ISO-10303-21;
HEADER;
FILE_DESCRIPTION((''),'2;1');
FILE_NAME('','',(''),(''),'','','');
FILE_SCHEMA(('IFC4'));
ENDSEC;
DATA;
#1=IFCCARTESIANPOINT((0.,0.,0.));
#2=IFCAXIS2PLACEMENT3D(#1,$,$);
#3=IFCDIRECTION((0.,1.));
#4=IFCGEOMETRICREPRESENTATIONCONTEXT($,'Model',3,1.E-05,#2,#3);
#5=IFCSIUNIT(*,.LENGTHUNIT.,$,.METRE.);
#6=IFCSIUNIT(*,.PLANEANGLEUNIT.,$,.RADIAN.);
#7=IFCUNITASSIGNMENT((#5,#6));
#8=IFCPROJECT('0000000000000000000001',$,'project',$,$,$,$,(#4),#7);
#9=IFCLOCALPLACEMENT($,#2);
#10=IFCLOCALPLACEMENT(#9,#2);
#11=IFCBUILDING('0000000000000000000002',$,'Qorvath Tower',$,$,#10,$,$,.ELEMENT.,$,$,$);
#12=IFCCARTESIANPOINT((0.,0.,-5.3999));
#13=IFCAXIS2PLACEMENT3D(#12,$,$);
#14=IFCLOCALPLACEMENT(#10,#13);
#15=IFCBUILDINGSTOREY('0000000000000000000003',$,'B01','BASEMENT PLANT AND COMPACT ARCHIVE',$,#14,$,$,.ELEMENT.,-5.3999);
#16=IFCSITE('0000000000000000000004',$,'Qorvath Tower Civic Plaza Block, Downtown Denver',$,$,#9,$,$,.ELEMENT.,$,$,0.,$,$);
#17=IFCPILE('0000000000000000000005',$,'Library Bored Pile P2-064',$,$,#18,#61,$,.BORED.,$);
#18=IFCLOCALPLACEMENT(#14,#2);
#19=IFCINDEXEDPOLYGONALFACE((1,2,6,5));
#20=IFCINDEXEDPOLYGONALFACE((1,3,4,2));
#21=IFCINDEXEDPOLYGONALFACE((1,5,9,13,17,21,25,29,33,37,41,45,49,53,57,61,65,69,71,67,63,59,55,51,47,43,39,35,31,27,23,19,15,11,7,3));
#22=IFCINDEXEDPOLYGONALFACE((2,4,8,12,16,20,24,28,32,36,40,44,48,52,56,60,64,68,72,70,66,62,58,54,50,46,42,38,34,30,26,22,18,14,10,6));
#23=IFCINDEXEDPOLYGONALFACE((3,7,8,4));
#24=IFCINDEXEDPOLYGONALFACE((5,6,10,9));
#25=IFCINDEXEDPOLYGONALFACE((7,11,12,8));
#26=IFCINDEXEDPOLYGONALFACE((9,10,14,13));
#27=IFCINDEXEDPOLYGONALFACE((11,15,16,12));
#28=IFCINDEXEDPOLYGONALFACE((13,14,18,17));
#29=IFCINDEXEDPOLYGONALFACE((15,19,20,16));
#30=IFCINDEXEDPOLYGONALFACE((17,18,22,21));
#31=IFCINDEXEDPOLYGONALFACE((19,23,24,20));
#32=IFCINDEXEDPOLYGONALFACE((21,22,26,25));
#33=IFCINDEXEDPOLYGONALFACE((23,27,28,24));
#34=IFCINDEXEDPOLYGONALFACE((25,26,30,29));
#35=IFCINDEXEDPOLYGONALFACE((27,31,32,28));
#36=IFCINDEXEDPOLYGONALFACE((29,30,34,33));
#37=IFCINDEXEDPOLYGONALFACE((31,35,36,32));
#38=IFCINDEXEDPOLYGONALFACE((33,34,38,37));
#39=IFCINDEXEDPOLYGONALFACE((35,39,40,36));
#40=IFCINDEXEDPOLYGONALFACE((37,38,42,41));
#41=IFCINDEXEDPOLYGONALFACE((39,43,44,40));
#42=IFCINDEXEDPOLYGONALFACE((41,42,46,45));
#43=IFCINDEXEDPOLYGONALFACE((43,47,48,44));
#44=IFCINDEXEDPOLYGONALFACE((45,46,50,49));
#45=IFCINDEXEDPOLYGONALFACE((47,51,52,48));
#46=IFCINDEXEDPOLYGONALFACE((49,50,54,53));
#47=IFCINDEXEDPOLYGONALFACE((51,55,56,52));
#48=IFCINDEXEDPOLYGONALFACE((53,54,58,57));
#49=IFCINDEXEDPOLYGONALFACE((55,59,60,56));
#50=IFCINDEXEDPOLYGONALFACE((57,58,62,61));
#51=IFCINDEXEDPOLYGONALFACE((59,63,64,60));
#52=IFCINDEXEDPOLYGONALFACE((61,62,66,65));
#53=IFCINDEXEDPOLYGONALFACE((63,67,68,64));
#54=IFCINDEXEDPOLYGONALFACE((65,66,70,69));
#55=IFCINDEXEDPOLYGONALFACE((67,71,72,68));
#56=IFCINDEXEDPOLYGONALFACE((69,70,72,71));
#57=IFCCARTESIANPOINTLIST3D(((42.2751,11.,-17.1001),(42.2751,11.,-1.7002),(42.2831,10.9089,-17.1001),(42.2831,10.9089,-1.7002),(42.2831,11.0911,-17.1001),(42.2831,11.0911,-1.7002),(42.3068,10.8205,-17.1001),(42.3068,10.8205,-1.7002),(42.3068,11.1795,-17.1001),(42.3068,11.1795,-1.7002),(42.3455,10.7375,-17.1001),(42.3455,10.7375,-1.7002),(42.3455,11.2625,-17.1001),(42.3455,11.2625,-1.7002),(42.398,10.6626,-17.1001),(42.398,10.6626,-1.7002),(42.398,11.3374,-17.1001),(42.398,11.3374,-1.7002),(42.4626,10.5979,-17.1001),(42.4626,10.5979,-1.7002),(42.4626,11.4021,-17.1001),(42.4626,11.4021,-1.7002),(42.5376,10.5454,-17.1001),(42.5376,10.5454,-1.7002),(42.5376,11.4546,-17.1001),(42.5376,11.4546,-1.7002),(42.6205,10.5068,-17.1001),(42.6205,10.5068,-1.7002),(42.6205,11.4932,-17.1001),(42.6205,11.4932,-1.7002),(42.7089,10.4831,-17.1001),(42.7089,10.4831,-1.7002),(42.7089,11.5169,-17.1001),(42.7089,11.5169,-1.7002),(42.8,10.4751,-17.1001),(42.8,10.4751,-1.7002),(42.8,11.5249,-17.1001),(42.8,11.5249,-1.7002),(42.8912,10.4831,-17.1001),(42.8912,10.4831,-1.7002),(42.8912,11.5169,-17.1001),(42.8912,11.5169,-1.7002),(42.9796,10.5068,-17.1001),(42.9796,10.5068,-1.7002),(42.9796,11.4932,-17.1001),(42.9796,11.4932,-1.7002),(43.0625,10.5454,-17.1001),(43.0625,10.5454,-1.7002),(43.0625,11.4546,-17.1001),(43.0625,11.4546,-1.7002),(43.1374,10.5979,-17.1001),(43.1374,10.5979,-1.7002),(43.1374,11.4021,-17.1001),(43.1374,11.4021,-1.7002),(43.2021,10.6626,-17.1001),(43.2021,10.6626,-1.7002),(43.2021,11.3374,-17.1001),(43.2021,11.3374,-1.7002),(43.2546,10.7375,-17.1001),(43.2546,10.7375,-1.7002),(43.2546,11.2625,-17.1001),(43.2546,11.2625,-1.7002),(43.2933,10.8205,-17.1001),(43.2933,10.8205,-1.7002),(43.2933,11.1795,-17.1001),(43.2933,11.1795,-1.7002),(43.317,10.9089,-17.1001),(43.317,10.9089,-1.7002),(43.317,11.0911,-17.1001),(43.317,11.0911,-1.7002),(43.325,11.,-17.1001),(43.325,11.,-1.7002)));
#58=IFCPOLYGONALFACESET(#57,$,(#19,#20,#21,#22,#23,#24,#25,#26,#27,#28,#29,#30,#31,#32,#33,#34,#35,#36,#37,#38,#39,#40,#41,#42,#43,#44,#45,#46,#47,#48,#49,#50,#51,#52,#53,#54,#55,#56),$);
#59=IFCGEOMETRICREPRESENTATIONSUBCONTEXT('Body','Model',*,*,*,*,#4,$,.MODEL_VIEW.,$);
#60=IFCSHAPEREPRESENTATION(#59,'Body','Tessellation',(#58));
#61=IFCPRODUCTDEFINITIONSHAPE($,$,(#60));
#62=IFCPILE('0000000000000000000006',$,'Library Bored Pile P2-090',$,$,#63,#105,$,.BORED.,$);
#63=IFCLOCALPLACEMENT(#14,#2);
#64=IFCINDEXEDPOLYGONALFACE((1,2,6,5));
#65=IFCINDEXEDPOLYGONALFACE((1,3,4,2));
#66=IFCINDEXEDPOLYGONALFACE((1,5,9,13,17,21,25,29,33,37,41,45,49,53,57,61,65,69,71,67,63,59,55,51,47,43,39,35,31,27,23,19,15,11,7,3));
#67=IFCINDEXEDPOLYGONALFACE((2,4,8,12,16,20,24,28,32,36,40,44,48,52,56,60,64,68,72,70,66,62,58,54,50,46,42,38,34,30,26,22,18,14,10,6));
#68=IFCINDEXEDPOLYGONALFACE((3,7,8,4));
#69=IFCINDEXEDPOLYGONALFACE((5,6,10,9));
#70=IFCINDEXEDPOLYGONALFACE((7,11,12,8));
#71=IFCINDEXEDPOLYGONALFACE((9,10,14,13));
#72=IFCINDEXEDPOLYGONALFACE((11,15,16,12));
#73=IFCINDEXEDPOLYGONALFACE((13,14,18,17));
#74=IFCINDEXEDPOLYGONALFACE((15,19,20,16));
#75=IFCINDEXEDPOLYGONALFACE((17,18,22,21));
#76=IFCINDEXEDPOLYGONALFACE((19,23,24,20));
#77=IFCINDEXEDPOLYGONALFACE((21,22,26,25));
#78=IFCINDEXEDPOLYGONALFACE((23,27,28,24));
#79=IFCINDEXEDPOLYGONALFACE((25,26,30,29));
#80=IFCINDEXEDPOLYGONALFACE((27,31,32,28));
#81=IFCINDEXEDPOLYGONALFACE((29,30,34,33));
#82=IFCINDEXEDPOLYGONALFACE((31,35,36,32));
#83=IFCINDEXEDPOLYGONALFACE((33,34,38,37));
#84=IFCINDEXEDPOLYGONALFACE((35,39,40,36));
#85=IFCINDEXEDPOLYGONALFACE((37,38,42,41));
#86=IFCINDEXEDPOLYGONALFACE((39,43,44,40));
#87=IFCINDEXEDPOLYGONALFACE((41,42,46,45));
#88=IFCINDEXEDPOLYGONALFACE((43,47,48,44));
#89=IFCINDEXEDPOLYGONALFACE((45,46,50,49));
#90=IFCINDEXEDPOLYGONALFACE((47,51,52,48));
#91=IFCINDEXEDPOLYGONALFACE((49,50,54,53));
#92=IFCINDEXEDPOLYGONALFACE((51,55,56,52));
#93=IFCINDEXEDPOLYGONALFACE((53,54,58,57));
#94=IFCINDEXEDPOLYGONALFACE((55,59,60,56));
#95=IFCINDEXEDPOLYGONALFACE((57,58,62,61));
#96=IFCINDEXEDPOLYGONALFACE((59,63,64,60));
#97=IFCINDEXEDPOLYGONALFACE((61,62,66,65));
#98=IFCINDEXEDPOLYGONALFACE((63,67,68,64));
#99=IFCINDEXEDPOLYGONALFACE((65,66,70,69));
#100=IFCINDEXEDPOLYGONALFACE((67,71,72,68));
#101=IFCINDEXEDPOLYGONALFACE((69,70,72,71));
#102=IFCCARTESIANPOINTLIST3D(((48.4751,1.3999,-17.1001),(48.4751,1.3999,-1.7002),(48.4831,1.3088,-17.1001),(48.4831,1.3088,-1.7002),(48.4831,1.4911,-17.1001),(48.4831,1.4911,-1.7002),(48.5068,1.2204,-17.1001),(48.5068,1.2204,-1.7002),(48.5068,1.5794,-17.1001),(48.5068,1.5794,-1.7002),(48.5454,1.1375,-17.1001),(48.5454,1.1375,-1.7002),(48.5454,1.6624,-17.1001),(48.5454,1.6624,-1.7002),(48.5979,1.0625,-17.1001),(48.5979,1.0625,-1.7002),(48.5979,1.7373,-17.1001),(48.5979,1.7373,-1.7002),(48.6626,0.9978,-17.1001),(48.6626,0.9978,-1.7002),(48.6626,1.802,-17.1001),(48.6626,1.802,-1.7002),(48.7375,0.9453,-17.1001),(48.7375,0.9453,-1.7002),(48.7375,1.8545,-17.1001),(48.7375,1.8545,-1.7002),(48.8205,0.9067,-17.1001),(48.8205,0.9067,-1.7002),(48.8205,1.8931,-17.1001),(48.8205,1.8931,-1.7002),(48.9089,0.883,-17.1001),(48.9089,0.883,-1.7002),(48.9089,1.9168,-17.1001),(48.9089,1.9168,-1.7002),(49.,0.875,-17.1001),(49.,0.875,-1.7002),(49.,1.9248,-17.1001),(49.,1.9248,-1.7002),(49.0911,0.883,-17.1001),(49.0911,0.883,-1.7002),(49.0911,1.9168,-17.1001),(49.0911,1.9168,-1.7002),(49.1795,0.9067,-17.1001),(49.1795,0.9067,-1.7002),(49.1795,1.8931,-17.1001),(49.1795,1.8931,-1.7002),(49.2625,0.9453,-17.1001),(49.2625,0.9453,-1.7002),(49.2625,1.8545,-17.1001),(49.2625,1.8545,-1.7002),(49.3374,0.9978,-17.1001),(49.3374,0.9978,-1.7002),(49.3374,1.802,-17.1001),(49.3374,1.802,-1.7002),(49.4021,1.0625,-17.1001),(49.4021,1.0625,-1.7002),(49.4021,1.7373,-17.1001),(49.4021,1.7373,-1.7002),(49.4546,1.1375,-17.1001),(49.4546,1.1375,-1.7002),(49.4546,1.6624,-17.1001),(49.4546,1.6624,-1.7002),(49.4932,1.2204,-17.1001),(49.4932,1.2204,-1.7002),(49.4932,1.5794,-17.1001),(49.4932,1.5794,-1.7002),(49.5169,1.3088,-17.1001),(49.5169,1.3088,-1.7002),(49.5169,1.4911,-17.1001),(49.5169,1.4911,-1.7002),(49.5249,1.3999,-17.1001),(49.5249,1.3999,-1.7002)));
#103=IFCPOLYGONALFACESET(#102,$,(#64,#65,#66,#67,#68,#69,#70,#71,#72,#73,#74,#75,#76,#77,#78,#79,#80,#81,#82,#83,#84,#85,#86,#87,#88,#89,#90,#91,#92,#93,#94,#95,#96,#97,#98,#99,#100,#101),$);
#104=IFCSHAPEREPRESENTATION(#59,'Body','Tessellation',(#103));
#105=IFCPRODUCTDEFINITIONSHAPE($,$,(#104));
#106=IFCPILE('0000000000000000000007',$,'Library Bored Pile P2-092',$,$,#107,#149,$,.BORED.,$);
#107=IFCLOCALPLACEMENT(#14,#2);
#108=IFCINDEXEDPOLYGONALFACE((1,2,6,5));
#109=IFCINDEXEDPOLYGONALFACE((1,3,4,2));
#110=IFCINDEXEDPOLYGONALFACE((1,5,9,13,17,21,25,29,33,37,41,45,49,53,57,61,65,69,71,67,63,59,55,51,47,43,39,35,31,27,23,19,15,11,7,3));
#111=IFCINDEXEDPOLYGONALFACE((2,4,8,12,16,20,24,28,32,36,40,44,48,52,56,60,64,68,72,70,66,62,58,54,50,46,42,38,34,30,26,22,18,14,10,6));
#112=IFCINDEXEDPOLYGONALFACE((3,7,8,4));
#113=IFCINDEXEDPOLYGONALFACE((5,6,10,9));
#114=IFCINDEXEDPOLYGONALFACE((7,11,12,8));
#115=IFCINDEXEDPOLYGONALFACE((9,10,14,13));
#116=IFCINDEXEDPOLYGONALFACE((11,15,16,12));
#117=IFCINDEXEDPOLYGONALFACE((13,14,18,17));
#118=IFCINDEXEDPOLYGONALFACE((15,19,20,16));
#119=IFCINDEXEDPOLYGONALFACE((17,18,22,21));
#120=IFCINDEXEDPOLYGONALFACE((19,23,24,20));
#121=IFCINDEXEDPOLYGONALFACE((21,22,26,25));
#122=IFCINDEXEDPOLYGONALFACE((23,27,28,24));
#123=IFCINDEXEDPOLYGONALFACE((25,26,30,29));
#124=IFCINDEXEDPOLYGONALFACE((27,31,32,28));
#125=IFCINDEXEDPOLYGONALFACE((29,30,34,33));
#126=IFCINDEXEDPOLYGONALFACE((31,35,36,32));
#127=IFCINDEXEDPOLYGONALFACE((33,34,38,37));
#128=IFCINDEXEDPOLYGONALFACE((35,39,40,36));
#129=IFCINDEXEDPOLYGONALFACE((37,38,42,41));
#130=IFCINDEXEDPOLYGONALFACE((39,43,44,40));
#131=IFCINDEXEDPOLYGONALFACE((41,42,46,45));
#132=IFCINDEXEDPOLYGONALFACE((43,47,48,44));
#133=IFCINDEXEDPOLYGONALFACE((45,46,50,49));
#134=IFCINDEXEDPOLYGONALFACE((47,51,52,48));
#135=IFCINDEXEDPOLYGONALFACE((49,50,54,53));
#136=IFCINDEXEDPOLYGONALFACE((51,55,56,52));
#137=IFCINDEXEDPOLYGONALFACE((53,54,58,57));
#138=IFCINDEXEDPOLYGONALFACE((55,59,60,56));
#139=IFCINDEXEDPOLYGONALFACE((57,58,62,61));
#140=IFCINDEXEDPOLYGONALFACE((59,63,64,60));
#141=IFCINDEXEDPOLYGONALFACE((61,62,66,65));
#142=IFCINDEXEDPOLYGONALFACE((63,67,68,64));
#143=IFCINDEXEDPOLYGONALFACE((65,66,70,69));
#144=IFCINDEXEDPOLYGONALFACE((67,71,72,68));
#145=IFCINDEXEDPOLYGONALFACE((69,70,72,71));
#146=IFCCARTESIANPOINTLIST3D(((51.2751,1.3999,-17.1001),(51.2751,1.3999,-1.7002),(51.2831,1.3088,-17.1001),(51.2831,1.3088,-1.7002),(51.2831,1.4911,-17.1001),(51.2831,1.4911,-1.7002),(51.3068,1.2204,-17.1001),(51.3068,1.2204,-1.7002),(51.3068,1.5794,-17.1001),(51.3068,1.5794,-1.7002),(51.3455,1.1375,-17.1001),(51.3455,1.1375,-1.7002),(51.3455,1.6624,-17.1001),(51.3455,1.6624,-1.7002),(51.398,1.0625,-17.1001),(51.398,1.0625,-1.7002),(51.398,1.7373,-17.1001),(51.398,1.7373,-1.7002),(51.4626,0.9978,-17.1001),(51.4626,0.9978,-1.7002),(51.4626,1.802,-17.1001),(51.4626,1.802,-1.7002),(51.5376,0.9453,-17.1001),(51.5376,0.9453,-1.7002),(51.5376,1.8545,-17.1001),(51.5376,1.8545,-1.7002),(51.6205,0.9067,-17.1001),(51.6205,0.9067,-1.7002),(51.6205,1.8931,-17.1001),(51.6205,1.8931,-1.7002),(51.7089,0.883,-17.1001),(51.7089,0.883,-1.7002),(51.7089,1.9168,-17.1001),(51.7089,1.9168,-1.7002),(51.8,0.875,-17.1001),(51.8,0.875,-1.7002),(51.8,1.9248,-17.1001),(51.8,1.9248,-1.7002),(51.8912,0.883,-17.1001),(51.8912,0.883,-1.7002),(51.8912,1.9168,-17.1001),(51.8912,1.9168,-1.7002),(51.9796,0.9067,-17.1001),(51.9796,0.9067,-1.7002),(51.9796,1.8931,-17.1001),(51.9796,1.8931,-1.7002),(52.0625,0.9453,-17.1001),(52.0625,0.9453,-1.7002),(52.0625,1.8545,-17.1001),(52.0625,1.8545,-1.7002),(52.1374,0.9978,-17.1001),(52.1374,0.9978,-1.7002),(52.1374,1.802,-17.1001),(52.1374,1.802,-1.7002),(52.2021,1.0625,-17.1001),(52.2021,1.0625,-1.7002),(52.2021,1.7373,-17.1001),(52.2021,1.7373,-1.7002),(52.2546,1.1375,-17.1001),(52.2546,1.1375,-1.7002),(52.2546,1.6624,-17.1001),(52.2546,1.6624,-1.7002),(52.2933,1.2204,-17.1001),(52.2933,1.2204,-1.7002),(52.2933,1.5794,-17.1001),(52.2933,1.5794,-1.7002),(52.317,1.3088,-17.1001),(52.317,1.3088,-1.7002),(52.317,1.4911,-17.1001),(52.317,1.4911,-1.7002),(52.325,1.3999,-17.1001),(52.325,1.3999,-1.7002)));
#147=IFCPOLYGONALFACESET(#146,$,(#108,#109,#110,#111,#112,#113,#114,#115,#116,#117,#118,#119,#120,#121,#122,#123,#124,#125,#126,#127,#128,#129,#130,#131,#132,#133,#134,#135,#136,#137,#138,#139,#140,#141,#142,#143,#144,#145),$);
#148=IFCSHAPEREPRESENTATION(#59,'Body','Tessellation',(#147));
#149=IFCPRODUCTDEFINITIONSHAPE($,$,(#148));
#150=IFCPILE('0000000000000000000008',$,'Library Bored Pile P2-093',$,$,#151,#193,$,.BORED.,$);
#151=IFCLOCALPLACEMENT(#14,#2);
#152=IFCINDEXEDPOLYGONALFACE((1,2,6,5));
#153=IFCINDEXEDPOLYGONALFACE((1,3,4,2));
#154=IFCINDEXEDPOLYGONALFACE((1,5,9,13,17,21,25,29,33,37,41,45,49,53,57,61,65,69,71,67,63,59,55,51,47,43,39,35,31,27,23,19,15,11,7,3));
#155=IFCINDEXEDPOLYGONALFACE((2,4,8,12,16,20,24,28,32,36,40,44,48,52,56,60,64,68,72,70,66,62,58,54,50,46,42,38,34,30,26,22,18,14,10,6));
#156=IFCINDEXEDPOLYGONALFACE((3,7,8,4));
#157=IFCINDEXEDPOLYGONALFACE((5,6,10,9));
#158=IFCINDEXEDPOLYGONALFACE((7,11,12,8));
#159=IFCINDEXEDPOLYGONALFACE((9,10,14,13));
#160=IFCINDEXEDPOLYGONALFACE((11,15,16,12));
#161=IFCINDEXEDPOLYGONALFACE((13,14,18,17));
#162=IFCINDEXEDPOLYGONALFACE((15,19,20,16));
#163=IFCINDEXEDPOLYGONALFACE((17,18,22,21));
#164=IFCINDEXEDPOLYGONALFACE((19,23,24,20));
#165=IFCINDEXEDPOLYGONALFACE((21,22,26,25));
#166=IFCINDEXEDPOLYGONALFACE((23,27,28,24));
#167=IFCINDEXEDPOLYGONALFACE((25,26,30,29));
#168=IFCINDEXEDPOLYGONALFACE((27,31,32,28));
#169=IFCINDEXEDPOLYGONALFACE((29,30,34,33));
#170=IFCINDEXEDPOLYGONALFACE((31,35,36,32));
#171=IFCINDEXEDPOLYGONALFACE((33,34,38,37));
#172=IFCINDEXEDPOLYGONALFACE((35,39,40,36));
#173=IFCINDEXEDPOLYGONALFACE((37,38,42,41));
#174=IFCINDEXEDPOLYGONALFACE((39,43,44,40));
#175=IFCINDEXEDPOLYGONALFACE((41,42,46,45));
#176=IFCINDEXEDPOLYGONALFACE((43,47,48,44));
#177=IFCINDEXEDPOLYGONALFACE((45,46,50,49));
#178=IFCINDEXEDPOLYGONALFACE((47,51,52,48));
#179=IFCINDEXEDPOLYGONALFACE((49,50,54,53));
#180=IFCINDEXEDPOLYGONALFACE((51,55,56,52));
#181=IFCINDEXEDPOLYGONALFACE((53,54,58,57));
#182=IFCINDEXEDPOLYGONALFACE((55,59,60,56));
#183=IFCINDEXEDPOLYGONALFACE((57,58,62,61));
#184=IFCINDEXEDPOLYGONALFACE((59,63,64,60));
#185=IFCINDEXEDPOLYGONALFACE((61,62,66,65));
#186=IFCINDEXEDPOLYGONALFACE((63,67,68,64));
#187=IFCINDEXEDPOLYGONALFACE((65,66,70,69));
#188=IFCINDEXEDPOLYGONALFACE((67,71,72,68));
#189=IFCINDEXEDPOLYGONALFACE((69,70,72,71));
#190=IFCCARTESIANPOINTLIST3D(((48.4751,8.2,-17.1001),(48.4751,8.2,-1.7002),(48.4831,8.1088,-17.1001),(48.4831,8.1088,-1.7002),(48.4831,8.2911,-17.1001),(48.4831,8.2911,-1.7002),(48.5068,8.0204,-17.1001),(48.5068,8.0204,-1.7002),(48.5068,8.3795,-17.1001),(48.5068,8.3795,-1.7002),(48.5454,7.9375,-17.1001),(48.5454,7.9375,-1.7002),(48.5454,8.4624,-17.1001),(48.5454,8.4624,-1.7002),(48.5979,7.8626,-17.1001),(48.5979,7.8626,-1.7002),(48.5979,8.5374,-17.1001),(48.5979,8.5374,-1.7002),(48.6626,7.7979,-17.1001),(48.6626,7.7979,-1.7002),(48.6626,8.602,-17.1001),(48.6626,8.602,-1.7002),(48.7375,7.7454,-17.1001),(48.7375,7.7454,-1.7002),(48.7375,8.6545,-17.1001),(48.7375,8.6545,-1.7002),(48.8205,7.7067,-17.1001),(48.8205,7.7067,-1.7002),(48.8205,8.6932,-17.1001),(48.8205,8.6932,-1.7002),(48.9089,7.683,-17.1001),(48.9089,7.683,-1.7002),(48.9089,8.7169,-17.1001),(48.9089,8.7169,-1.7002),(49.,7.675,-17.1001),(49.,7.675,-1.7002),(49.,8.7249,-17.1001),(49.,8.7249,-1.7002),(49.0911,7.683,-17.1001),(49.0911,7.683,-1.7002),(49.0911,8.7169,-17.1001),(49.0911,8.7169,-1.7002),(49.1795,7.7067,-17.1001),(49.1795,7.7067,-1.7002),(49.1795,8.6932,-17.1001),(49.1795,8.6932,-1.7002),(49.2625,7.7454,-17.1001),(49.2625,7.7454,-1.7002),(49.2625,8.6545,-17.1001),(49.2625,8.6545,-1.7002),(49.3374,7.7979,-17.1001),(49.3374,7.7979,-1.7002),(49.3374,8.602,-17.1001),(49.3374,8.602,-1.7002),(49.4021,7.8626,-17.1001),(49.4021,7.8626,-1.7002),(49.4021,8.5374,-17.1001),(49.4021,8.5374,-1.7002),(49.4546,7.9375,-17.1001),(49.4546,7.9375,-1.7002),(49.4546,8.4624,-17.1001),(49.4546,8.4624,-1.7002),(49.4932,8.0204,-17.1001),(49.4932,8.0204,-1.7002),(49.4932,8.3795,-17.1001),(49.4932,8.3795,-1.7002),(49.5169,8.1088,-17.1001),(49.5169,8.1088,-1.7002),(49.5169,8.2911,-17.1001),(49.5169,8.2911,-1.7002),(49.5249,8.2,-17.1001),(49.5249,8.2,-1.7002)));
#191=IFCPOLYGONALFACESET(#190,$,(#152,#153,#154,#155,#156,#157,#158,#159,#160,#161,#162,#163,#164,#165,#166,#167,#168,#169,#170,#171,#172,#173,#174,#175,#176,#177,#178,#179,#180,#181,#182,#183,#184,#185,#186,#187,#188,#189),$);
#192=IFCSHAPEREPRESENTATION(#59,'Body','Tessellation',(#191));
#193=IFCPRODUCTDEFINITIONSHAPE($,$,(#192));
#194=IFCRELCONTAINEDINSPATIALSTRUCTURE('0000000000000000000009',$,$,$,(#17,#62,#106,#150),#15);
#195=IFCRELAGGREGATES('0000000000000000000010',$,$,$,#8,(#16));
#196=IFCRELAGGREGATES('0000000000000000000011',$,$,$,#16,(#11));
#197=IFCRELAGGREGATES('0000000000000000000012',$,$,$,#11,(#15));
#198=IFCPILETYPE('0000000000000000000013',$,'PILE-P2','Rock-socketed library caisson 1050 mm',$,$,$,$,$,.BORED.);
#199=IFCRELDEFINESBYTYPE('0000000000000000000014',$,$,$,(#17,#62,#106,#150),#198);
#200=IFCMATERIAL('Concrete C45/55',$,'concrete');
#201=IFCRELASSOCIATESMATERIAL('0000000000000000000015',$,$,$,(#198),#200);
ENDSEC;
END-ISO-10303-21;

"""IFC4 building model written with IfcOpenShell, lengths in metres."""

from ifc_helpers import new_model, si_unit, direction, frame, origin, origin_2d, place, context, subcontext, project, spatial, circle, extrude, material, material_profile, profile_set, type_object, element, save


model = new_model("IFC4")

# Units and contexts
model_context = context("Model", 3, precision=1e-05, world=origin(), true_north=direction((0.0, 1.0)))
body_context = subcontext(model_context, "Body", "Model", "MODEL_VIEW")
ifc_project = project(units=[si_unit("LENGTHUNIT", "METRE"), si_unit("PLANEANGLEUNIT", "RADIAN")], contexts=[model_context])

# Site, building, storey
site_placement = place(None, origin())
site = spatial("IfcSite", under=ifc_project, at=site_placement, Name="Qorvath Tower Civic Plaza Block, Downtown Denver", CompositionType="ELEMENT", RefElevation=0.0)
building_placement = place(site_placement, origin())
building = spatial("IfcBuilding", under=site, at=building_placement, Name="Qorvath Tower", CompositionType="ELEMENT")
storey_placement = place(building_placement, frame((0.0, 0.0, -5.3999)))
storey = spatial("IfcBuildingStorey", under=building, at=storey_placement, Name="B01", Description="BASEMENT PLANT AND COMPACT ARCHIVE", CompositionType="ELEMENT", Elevation=-5.3999)

# Piles
ifc_material_1 = material(Name="Concrete C45/55", Category="concrete")
ifc_material_profile_1 = material_profile(ifc_material_1, circle(Radius=0.5249, at=origin_2d()), Name="BORED PILE 1050")
ifc_profile_set_1 = profile_set([ifc_material_profile_1], Name="Concrete C45/55")
pile_type = type_object("IfcPileType", Name="PILE-P2", Description="Rock-socketed library caisson 1050 mm", PredefinedType="BORED", material=ifc_profile_set_1)
for number, where, z_axis, x_axis, name in (
    (1, (42.8, 11.0, -1.7002), (0.0, 0.0, -1.0), (1.0, 0.0, 0.0), "Library Bored Pile P2-064"),
    (2, (49.0, 1.3999, -1.7002), (0.0, 0.0, -1.0), (1.0, 0.0, 0.0), "Library Bored Pile P2-090"),
    (3, (51.8, 1.3999, -1.7002), (0.0, 0.0, -1.0), (1.0, 0.0, 0.0), "Library Bored Pile P2-092"),
    (4, (49.0, 8.2, -1.7002), (0.0, 0.0, -1.0), (1.0, 0.0, 0.0), "Library Bored Pile P2-093"),
):
    element("IfcPile", number, at=place(storey_placement, frame(where, z_axis=z_axis, x_axis=x_axis)), inside=storey, type_object=pile_type, Name=name, PredefinedType="BORED", context=body_context, shape_type="SweptSolid", body=[
        extrude(circle(Radius=0.5249, at=origin_2d()), origin(), (0.0, 0.0, 1.0), 15.3999),
    ])

save(model, "model.ifc")
